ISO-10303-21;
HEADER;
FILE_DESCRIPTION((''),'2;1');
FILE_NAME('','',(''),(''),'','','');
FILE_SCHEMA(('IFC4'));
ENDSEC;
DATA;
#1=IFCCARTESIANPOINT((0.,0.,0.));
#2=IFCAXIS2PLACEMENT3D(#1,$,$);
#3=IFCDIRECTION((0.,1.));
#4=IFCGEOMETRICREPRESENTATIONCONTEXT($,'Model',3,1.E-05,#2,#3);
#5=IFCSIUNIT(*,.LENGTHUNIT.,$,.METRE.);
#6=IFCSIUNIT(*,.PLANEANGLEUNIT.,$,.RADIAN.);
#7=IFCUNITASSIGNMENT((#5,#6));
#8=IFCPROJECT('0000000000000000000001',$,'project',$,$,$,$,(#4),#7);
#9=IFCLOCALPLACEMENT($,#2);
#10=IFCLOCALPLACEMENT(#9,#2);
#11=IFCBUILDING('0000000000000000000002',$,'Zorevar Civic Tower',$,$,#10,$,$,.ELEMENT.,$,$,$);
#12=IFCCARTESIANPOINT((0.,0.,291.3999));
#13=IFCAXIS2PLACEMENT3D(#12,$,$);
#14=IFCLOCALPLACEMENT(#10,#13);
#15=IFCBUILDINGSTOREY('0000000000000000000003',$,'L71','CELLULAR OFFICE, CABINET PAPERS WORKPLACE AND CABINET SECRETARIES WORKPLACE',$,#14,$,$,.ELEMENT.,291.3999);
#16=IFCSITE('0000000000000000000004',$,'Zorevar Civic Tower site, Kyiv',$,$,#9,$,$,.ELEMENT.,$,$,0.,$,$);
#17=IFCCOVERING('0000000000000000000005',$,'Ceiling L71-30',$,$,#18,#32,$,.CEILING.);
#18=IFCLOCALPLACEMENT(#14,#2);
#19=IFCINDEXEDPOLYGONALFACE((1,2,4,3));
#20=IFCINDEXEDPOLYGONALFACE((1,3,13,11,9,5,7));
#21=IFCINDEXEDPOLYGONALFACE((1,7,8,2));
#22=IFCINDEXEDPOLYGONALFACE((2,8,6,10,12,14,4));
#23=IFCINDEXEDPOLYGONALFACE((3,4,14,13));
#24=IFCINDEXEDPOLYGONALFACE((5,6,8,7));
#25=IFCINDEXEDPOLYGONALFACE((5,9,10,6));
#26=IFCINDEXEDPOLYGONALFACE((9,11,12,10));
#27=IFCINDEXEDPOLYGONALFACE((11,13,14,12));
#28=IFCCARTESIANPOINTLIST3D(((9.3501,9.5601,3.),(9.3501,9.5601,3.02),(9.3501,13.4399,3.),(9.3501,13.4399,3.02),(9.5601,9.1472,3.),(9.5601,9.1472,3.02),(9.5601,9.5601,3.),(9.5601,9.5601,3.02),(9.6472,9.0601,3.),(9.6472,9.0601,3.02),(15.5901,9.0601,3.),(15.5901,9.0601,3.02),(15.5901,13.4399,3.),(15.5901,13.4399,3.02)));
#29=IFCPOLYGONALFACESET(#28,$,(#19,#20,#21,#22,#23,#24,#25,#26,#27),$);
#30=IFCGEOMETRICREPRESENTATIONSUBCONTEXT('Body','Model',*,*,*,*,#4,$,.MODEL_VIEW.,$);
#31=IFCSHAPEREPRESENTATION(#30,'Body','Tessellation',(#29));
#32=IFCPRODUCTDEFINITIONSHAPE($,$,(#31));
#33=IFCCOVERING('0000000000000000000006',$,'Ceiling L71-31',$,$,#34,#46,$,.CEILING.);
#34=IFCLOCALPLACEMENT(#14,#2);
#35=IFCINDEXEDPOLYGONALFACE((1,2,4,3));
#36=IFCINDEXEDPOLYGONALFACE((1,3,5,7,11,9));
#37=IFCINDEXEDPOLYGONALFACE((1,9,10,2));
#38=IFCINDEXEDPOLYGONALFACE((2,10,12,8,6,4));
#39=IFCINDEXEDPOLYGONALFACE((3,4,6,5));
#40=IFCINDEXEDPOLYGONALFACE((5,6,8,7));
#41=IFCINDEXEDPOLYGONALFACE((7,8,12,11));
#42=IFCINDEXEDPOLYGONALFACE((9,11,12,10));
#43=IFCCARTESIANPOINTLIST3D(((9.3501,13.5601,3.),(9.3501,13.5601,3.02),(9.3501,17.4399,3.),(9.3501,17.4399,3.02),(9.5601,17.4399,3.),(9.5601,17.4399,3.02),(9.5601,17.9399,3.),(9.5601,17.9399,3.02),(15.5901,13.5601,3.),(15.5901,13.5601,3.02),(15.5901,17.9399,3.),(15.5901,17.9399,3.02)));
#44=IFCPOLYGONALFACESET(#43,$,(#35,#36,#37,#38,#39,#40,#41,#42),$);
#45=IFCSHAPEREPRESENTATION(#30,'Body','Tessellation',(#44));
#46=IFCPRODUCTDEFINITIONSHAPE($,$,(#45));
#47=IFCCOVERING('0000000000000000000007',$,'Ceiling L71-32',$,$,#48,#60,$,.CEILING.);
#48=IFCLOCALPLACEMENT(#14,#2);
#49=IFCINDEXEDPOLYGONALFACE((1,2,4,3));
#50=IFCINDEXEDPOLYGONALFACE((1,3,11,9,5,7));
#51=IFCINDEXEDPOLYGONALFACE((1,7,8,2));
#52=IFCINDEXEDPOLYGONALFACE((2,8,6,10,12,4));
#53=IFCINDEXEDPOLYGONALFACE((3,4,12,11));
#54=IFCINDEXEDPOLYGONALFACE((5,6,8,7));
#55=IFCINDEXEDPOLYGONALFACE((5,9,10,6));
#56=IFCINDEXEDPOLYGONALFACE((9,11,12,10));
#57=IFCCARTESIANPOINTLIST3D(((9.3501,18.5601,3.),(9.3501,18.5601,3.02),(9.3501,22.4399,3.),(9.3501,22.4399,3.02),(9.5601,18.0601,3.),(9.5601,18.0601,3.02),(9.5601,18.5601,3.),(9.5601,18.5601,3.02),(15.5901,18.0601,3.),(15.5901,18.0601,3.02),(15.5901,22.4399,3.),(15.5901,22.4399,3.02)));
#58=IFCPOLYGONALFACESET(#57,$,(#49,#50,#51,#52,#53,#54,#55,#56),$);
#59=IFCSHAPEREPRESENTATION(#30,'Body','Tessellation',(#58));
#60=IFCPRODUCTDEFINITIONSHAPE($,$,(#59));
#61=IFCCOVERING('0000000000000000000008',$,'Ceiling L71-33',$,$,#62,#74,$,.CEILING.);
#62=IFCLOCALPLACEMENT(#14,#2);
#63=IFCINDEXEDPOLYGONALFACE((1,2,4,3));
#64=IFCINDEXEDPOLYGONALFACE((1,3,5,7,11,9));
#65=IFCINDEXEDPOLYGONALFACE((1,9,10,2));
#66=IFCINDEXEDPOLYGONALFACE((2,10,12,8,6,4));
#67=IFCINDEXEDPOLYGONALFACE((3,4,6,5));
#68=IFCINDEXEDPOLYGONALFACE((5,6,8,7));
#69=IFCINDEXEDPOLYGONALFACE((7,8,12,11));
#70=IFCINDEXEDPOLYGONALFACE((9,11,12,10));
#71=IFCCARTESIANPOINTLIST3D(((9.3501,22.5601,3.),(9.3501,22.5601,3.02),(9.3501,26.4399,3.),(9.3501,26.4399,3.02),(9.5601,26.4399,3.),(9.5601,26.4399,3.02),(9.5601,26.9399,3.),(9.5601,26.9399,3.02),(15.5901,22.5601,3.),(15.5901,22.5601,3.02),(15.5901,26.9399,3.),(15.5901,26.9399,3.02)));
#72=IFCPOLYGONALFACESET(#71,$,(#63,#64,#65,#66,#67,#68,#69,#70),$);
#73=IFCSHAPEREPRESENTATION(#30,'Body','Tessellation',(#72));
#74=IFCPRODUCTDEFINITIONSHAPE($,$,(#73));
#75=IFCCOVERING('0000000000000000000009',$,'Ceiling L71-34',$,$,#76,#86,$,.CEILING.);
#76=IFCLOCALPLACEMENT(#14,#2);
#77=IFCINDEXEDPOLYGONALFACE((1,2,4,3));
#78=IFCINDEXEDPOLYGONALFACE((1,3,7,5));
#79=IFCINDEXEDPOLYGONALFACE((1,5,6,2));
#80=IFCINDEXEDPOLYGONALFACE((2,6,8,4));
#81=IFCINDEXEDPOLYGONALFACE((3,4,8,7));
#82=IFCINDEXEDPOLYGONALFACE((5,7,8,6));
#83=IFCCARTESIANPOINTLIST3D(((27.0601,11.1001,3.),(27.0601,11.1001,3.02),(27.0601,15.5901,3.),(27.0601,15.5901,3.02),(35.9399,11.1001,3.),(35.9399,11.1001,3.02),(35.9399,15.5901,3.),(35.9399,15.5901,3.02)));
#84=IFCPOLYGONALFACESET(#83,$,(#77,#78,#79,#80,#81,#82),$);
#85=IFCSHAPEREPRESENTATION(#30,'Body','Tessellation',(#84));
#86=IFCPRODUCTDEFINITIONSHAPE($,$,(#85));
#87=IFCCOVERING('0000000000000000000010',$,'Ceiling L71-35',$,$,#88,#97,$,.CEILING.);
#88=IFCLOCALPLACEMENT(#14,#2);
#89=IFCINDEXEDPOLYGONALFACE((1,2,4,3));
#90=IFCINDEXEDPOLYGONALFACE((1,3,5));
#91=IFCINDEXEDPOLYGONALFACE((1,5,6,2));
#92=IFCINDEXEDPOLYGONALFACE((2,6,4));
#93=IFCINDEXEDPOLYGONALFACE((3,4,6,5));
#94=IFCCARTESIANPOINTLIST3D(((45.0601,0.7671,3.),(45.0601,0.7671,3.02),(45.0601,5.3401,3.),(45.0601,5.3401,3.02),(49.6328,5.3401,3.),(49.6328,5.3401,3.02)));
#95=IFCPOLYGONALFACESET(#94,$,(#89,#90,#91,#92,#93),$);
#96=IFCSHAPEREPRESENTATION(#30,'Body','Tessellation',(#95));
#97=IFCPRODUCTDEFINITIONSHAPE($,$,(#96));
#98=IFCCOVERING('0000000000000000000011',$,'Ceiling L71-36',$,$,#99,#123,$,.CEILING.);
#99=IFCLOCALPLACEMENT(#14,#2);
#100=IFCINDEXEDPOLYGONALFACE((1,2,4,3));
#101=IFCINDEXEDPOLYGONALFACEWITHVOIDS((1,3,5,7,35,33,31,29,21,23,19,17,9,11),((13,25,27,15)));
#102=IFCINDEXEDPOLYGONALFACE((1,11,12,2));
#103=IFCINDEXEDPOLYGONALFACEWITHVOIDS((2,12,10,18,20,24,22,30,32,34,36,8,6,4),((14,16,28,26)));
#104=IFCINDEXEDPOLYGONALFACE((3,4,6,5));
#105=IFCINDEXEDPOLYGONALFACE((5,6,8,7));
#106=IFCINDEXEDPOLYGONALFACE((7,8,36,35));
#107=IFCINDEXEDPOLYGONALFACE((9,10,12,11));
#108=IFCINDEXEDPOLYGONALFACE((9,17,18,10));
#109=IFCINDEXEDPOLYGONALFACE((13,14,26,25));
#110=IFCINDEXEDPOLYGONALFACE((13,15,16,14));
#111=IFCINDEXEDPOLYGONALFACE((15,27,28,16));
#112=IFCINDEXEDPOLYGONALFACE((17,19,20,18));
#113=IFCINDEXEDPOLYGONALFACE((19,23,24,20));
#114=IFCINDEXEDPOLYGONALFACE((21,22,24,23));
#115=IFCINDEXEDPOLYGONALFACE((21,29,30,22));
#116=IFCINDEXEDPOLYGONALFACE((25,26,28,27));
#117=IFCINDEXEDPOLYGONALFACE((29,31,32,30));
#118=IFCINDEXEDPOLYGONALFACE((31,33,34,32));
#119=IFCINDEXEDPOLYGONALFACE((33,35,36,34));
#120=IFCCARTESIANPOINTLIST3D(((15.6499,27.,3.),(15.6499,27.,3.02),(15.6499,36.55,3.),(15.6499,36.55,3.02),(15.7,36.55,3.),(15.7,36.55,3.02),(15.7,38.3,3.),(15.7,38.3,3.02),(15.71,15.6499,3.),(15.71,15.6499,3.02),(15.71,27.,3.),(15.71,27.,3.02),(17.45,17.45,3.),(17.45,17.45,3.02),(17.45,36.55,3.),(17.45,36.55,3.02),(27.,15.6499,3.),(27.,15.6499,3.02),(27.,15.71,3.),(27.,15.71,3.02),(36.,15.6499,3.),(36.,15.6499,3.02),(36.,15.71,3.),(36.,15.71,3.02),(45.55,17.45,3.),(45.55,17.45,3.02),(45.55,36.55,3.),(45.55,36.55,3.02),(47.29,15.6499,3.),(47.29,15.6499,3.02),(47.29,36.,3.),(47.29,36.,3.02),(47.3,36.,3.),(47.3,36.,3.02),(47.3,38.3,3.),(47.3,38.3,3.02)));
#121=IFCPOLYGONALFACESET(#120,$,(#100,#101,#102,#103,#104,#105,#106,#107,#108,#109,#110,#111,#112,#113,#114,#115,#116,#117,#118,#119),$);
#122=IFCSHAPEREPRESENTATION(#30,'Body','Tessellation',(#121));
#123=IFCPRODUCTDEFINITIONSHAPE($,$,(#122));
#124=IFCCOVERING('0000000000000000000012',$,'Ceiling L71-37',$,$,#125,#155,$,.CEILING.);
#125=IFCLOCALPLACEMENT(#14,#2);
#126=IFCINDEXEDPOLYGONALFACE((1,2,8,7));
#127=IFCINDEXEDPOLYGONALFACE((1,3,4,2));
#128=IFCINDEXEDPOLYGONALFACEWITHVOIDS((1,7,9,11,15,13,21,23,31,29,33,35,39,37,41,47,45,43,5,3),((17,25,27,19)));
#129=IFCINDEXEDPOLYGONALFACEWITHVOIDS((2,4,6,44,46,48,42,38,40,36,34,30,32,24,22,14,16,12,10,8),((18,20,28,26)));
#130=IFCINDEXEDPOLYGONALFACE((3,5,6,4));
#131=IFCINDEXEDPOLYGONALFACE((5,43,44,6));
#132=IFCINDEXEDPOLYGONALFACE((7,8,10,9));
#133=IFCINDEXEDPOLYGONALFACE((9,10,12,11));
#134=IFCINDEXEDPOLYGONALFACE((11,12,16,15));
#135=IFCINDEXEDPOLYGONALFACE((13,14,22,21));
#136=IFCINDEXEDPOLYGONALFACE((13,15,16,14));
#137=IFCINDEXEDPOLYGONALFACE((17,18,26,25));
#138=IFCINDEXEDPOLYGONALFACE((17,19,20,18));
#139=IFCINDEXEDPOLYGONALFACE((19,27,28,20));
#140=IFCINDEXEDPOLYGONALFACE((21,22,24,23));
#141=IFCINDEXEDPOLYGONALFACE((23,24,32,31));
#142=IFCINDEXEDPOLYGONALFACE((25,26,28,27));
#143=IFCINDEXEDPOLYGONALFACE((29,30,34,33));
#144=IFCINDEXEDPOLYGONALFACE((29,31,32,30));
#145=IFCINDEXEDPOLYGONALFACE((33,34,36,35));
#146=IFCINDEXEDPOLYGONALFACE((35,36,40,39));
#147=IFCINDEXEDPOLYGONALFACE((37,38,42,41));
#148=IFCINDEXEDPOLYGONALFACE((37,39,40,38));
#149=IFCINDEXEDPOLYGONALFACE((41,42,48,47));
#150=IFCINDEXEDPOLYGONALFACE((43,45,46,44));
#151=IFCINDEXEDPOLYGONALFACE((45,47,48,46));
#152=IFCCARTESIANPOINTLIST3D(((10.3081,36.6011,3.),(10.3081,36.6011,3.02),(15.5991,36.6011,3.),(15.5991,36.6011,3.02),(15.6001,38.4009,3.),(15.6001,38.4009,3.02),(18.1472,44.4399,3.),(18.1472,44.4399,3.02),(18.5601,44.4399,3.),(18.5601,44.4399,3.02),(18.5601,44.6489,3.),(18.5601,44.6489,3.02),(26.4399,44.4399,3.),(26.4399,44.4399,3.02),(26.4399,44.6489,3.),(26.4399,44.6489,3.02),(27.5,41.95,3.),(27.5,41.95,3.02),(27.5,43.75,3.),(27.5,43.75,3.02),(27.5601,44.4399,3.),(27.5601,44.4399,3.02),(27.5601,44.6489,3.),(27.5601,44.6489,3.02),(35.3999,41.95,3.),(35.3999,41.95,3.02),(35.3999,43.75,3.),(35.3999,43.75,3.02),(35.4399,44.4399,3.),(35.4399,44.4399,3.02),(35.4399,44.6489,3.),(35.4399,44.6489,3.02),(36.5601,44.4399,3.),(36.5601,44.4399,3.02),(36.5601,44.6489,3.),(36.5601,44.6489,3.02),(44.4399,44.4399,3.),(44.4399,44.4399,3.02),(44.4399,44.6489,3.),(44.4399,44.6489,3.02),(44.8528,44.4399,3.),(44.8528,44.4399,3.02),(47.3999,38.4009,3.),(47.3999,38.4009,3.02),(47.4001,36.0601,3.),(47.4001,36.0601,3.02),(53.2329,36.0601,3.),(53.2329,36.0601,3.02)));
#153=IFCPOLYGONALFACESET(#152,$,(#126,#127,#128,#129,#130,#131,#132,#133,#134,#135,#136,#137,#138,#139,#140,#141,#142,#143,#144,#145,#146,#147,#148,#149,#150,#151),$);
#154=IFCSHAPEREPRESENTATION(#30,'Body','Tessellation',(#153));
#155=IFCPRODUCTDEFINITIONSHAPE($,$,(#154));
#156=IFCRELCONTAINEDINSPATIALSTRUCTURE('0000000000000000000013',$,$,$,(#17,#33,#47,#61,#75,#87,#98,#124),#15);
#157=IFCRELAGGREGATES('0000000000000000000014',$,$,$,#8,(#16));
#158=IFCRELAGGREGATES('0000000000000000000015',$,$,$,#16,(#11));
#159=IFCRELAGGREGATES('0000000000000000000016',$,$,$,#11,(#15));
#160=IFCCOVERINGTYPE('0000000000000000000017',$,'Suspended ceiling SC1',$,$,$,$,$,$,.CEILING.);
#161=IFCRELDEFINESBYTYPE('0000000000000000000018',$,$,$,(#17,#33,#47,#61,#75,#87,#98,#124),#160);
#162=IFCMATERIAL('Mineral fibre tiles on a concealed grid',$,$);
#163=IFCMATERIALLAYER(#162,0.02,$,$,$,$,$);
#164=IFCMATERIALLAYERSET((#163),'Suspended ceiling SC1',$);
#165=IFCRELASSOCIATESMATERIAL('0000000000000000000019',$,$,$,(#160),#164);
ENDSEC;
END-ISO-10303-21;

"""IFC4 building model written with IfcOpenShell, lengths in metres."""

from ifc_helpers import new_model, si_unit, direction, frame, origin, place, context, subcontext, project, spatial, polyline, outline, extrude, material, layer, layer_set, type_object, element, save


model = new_model("IFC4")

# Units and contexts
model_context = context("Model", 3, precision=1e-05, world=origin(), true_north=direction((0.0, 1.0)))
body_context = subcontext(model_context, "Body", "Model", "MODEL_VIEW")
ifc_project = project(units=[si_unit("LENGTHUNIT", "METRE"), si_unit("PLANEANGLEUNIT", "RADIAN")], contexts=[model_context])

# Site, building, storey
site_placement = place(None, origin())
site = spatial("IfcSite", under=ifc_project, at=site_placement, Name="Zorevar Civic Tower site, Kyiv", CompositionType="ELEMENT", RefElevation=0.0)
building_placement = place(site_placement, origin())
building = spatial("IfcBuilding", under=site, at=building_placement, Name="Zorevar Civic Tower", CompositionType="ELEMENT")
storey_placement = place(building_placement, frame((0.0, 0.0, 291.3999)))
storey = spatial("IfcBuildingStorey", under=building, at=storey_placement, Name="L71", Description="CELLULAR OFFICE, CABINET PAPERS WORKPLACE AND CABINET SECRETARIES WORKPLACE", CompositionType="ELEMENT", Elevation=291.3999)

# Coverings
ifc_material_1 = material(Name="Mineral fibre tiles on a concealed grid")
ifc_layer_1 = layer(ifc_material_1, 0.02)
ifc_layer_set_1 = layer_set([ifc_layer_1], Name="Suspended ceiling SC1")
covering_type_1 = type_object("IfcCoveringType", Name="Suspended ceiling SC1", PredefinedType="CEILING", material=ifc_layer_set_1)
covering_1_placement = place(storey_placement, frame((0.0, 0.0, 3.0)))
element("IfcCovering", 1, at=covering_1_placement, inside=storey, type_object=covering_type_1, Name="Ceiling L71-30", PredefinedType="CEILING", context=body_context, shape_type="SweptSolid", body=[
    extrude(outline(polyline([(9.6472, 9.0601), (9.5601, 9.1472), (9.5601, 9.5601), (9.3501, 9.5601), (9.3501, 13.4399), (15.5901, 13.4399), (15.5901, 9.0601), (9.6472, 9.0601)])), origin(), (0.0, 0.0, 1.0), 0.02),
])
covering_2_placement = place(storey_placement, frame((0.0, 0.0, 3.0)))
element("IfcCovering", 2, at=covering_2_placement, inside=storey, type_object=covering_type_1, Name="Ceiling L71-31", PredefinedType="CEILING", context=body_context, shape_type="SweptSolid", body=[
    extrude(outline(polyline([(15.5901, 13.5601), (9.3501, 13.5601), (9.3501, 17.4399), (9.5601, 17.4399), (9.5601, 17.9399), (15.5901, 17.9399), (15.5901, 13.5601)])), origin(), (0.0, 0.0, 1.0), 0.02),
])
covering_3_placement = place(storey_placement, frame((0.0, 0.0, 3.0)))
element("IfcCovering", 3, at=covering_3_placement, inside=storey, type_object=covering_type_1, Name="Ceiling L71-32", PredefinedType="CEILING", context=body_context, shape_type="SweptSolid", body=[
    extrude(outline(polyline([(15.5901, 18.0601), (9.5601, 18.0601), (9.5601, 18.5601), (9.3501, 18.5601), (9.3501, 22.4399), (15.5901, 22.4399), (15.5901, 18.0601)])), origin(), (0.0, 0.0, 1.0), 0.02),
])
covering_4_placement = place(storey_placement, frame((0.0, 0.0, 3.0)))
element("IfcCovering", 4, at=covering_4_placement, inside=storey, type_object=covering_type_1, Name="Ceiling L71-33", PredefinedType="CEILING", context=body_context, shape_type="SweptSolid", body=[
    extrude(outline(polyline([(15.5901, 22.5601), (9.3501, 22.5601), (9.3501, 26.4399), (9.5601, 26.4399), (9.5601, 26.9399), (15.5901, 26.9399), (15.5901, 22.5601)])), origin(), (0.0, 0.0, 1.0), 0.02),
])
covering_5_placement = place(storey_placement, frame((0.0, 0.0, 3.0)))
element("IfcCovering", 5, at=covering_5_placement, inside=storey, type_object=covering_type_1, Name="Ceiling L71-34", PredefinedType="CEILING", context=body_context, shape_type="SweptSolid", body=[
    extrude(outline(polyline([(35.9399, 15.5901), (35.9399, 11.1001), (27.0601, 11.1001), (27.0601, 15.5901), (35.9399, 15.5901)])), origin(), (0.0, 0.0, 1.0), 0.02),
])
covering_6_placement = place(storey_placement, frame((0.0, 0.0, 3.0)))
element("IfcCovering", 6, at=covering_6_placement, inside=storey, type_object=covering_type_1, Name="Ceiling L71-35", PredefinedType="CEILING", context=body_context, shape_type="SweptSolid", body=[
    extrude(outline(polyline([(45.0601, 5.3401), (49.6328, 5.3401), (45.0601, 0.7671), (45.0601, 5.3401)])), origin(), (0.0, 0.0, 1.0), 0.02),
])
covering_7_placement = place(storey_placement, frame((0.0, 0.0, 3.0)))
element("IfcCovering", 7, at=covering_7_placement, inside=storey, type_object=covering_type_1, Name="Ceiling L71-36", PredefinedType="CEILING", context=body_context, shape_type="SweptSolid", body=[
    extrude(outline(polyline([(15.71, 15.6499), (15.71, 27.0), (15.6499, 27.0), (15.6499, 36.55), (15.7, 36.55), (15.7, 38.3), (47.3, 38.3), (47.3, 36.0), (47.29, 36.0), (47.29, 15.6499), (36.0, 15.6499), (36.0, 15.71), (27.0, 15.71), (27.0, 15.6499), (15.71, 15.6499)]), holes=[polyline([(45.55, 36.55), (17.45, 36.55), (17.45, 17.45), (45.55, 17.45), (45.55, 36.55)])]), origin(), (0.0, 0.0, 1.0), 0.02),
])
covering_8_placement = place(storey_placement, frame((0.0, 0.0, 3.0)))
element("IfcCovering", 8, at=covering_8_placement, inside=storey, type_object=covering_type_1, Name="Ceiling L71-37", PredefinedType="CEILING", context=body_context, shape_type="SweptSolid", body=[
    extrude(outline(polyline([(18.5601, 44.4399), (18.5601, 44.6489), (26.4399, 44.6489), (26.4399, 44.4399), (27.5601, 44.4399), (27.5601, 44.6489), (35.4399, 44.6489), (35.4399, 44.4399), (36.5601, 44.4399), (36.5601, 44.6489), (44.4399, 44.6489), (44.4399, 44.4399), (44.8528, 44.4399), (53.2329, 36.0601), (47.4001, 36.0601), (47.3999, 38.4009), (15.6001, 38.4009), (15.5991, 36.6011), (10.3081, 36.6011), (18.1472, 44.4399), (18.5601, 44.4399)]), holes=[polyline([(27.5, 41.95), (35.3999, 41.95), (35.3999, 43.75), (27.5, 43.75), (27.5, 41.95)])]), origin(), (0.0, 0.0, 1.0), 0.02),
])

save(model, "model.ifc")
